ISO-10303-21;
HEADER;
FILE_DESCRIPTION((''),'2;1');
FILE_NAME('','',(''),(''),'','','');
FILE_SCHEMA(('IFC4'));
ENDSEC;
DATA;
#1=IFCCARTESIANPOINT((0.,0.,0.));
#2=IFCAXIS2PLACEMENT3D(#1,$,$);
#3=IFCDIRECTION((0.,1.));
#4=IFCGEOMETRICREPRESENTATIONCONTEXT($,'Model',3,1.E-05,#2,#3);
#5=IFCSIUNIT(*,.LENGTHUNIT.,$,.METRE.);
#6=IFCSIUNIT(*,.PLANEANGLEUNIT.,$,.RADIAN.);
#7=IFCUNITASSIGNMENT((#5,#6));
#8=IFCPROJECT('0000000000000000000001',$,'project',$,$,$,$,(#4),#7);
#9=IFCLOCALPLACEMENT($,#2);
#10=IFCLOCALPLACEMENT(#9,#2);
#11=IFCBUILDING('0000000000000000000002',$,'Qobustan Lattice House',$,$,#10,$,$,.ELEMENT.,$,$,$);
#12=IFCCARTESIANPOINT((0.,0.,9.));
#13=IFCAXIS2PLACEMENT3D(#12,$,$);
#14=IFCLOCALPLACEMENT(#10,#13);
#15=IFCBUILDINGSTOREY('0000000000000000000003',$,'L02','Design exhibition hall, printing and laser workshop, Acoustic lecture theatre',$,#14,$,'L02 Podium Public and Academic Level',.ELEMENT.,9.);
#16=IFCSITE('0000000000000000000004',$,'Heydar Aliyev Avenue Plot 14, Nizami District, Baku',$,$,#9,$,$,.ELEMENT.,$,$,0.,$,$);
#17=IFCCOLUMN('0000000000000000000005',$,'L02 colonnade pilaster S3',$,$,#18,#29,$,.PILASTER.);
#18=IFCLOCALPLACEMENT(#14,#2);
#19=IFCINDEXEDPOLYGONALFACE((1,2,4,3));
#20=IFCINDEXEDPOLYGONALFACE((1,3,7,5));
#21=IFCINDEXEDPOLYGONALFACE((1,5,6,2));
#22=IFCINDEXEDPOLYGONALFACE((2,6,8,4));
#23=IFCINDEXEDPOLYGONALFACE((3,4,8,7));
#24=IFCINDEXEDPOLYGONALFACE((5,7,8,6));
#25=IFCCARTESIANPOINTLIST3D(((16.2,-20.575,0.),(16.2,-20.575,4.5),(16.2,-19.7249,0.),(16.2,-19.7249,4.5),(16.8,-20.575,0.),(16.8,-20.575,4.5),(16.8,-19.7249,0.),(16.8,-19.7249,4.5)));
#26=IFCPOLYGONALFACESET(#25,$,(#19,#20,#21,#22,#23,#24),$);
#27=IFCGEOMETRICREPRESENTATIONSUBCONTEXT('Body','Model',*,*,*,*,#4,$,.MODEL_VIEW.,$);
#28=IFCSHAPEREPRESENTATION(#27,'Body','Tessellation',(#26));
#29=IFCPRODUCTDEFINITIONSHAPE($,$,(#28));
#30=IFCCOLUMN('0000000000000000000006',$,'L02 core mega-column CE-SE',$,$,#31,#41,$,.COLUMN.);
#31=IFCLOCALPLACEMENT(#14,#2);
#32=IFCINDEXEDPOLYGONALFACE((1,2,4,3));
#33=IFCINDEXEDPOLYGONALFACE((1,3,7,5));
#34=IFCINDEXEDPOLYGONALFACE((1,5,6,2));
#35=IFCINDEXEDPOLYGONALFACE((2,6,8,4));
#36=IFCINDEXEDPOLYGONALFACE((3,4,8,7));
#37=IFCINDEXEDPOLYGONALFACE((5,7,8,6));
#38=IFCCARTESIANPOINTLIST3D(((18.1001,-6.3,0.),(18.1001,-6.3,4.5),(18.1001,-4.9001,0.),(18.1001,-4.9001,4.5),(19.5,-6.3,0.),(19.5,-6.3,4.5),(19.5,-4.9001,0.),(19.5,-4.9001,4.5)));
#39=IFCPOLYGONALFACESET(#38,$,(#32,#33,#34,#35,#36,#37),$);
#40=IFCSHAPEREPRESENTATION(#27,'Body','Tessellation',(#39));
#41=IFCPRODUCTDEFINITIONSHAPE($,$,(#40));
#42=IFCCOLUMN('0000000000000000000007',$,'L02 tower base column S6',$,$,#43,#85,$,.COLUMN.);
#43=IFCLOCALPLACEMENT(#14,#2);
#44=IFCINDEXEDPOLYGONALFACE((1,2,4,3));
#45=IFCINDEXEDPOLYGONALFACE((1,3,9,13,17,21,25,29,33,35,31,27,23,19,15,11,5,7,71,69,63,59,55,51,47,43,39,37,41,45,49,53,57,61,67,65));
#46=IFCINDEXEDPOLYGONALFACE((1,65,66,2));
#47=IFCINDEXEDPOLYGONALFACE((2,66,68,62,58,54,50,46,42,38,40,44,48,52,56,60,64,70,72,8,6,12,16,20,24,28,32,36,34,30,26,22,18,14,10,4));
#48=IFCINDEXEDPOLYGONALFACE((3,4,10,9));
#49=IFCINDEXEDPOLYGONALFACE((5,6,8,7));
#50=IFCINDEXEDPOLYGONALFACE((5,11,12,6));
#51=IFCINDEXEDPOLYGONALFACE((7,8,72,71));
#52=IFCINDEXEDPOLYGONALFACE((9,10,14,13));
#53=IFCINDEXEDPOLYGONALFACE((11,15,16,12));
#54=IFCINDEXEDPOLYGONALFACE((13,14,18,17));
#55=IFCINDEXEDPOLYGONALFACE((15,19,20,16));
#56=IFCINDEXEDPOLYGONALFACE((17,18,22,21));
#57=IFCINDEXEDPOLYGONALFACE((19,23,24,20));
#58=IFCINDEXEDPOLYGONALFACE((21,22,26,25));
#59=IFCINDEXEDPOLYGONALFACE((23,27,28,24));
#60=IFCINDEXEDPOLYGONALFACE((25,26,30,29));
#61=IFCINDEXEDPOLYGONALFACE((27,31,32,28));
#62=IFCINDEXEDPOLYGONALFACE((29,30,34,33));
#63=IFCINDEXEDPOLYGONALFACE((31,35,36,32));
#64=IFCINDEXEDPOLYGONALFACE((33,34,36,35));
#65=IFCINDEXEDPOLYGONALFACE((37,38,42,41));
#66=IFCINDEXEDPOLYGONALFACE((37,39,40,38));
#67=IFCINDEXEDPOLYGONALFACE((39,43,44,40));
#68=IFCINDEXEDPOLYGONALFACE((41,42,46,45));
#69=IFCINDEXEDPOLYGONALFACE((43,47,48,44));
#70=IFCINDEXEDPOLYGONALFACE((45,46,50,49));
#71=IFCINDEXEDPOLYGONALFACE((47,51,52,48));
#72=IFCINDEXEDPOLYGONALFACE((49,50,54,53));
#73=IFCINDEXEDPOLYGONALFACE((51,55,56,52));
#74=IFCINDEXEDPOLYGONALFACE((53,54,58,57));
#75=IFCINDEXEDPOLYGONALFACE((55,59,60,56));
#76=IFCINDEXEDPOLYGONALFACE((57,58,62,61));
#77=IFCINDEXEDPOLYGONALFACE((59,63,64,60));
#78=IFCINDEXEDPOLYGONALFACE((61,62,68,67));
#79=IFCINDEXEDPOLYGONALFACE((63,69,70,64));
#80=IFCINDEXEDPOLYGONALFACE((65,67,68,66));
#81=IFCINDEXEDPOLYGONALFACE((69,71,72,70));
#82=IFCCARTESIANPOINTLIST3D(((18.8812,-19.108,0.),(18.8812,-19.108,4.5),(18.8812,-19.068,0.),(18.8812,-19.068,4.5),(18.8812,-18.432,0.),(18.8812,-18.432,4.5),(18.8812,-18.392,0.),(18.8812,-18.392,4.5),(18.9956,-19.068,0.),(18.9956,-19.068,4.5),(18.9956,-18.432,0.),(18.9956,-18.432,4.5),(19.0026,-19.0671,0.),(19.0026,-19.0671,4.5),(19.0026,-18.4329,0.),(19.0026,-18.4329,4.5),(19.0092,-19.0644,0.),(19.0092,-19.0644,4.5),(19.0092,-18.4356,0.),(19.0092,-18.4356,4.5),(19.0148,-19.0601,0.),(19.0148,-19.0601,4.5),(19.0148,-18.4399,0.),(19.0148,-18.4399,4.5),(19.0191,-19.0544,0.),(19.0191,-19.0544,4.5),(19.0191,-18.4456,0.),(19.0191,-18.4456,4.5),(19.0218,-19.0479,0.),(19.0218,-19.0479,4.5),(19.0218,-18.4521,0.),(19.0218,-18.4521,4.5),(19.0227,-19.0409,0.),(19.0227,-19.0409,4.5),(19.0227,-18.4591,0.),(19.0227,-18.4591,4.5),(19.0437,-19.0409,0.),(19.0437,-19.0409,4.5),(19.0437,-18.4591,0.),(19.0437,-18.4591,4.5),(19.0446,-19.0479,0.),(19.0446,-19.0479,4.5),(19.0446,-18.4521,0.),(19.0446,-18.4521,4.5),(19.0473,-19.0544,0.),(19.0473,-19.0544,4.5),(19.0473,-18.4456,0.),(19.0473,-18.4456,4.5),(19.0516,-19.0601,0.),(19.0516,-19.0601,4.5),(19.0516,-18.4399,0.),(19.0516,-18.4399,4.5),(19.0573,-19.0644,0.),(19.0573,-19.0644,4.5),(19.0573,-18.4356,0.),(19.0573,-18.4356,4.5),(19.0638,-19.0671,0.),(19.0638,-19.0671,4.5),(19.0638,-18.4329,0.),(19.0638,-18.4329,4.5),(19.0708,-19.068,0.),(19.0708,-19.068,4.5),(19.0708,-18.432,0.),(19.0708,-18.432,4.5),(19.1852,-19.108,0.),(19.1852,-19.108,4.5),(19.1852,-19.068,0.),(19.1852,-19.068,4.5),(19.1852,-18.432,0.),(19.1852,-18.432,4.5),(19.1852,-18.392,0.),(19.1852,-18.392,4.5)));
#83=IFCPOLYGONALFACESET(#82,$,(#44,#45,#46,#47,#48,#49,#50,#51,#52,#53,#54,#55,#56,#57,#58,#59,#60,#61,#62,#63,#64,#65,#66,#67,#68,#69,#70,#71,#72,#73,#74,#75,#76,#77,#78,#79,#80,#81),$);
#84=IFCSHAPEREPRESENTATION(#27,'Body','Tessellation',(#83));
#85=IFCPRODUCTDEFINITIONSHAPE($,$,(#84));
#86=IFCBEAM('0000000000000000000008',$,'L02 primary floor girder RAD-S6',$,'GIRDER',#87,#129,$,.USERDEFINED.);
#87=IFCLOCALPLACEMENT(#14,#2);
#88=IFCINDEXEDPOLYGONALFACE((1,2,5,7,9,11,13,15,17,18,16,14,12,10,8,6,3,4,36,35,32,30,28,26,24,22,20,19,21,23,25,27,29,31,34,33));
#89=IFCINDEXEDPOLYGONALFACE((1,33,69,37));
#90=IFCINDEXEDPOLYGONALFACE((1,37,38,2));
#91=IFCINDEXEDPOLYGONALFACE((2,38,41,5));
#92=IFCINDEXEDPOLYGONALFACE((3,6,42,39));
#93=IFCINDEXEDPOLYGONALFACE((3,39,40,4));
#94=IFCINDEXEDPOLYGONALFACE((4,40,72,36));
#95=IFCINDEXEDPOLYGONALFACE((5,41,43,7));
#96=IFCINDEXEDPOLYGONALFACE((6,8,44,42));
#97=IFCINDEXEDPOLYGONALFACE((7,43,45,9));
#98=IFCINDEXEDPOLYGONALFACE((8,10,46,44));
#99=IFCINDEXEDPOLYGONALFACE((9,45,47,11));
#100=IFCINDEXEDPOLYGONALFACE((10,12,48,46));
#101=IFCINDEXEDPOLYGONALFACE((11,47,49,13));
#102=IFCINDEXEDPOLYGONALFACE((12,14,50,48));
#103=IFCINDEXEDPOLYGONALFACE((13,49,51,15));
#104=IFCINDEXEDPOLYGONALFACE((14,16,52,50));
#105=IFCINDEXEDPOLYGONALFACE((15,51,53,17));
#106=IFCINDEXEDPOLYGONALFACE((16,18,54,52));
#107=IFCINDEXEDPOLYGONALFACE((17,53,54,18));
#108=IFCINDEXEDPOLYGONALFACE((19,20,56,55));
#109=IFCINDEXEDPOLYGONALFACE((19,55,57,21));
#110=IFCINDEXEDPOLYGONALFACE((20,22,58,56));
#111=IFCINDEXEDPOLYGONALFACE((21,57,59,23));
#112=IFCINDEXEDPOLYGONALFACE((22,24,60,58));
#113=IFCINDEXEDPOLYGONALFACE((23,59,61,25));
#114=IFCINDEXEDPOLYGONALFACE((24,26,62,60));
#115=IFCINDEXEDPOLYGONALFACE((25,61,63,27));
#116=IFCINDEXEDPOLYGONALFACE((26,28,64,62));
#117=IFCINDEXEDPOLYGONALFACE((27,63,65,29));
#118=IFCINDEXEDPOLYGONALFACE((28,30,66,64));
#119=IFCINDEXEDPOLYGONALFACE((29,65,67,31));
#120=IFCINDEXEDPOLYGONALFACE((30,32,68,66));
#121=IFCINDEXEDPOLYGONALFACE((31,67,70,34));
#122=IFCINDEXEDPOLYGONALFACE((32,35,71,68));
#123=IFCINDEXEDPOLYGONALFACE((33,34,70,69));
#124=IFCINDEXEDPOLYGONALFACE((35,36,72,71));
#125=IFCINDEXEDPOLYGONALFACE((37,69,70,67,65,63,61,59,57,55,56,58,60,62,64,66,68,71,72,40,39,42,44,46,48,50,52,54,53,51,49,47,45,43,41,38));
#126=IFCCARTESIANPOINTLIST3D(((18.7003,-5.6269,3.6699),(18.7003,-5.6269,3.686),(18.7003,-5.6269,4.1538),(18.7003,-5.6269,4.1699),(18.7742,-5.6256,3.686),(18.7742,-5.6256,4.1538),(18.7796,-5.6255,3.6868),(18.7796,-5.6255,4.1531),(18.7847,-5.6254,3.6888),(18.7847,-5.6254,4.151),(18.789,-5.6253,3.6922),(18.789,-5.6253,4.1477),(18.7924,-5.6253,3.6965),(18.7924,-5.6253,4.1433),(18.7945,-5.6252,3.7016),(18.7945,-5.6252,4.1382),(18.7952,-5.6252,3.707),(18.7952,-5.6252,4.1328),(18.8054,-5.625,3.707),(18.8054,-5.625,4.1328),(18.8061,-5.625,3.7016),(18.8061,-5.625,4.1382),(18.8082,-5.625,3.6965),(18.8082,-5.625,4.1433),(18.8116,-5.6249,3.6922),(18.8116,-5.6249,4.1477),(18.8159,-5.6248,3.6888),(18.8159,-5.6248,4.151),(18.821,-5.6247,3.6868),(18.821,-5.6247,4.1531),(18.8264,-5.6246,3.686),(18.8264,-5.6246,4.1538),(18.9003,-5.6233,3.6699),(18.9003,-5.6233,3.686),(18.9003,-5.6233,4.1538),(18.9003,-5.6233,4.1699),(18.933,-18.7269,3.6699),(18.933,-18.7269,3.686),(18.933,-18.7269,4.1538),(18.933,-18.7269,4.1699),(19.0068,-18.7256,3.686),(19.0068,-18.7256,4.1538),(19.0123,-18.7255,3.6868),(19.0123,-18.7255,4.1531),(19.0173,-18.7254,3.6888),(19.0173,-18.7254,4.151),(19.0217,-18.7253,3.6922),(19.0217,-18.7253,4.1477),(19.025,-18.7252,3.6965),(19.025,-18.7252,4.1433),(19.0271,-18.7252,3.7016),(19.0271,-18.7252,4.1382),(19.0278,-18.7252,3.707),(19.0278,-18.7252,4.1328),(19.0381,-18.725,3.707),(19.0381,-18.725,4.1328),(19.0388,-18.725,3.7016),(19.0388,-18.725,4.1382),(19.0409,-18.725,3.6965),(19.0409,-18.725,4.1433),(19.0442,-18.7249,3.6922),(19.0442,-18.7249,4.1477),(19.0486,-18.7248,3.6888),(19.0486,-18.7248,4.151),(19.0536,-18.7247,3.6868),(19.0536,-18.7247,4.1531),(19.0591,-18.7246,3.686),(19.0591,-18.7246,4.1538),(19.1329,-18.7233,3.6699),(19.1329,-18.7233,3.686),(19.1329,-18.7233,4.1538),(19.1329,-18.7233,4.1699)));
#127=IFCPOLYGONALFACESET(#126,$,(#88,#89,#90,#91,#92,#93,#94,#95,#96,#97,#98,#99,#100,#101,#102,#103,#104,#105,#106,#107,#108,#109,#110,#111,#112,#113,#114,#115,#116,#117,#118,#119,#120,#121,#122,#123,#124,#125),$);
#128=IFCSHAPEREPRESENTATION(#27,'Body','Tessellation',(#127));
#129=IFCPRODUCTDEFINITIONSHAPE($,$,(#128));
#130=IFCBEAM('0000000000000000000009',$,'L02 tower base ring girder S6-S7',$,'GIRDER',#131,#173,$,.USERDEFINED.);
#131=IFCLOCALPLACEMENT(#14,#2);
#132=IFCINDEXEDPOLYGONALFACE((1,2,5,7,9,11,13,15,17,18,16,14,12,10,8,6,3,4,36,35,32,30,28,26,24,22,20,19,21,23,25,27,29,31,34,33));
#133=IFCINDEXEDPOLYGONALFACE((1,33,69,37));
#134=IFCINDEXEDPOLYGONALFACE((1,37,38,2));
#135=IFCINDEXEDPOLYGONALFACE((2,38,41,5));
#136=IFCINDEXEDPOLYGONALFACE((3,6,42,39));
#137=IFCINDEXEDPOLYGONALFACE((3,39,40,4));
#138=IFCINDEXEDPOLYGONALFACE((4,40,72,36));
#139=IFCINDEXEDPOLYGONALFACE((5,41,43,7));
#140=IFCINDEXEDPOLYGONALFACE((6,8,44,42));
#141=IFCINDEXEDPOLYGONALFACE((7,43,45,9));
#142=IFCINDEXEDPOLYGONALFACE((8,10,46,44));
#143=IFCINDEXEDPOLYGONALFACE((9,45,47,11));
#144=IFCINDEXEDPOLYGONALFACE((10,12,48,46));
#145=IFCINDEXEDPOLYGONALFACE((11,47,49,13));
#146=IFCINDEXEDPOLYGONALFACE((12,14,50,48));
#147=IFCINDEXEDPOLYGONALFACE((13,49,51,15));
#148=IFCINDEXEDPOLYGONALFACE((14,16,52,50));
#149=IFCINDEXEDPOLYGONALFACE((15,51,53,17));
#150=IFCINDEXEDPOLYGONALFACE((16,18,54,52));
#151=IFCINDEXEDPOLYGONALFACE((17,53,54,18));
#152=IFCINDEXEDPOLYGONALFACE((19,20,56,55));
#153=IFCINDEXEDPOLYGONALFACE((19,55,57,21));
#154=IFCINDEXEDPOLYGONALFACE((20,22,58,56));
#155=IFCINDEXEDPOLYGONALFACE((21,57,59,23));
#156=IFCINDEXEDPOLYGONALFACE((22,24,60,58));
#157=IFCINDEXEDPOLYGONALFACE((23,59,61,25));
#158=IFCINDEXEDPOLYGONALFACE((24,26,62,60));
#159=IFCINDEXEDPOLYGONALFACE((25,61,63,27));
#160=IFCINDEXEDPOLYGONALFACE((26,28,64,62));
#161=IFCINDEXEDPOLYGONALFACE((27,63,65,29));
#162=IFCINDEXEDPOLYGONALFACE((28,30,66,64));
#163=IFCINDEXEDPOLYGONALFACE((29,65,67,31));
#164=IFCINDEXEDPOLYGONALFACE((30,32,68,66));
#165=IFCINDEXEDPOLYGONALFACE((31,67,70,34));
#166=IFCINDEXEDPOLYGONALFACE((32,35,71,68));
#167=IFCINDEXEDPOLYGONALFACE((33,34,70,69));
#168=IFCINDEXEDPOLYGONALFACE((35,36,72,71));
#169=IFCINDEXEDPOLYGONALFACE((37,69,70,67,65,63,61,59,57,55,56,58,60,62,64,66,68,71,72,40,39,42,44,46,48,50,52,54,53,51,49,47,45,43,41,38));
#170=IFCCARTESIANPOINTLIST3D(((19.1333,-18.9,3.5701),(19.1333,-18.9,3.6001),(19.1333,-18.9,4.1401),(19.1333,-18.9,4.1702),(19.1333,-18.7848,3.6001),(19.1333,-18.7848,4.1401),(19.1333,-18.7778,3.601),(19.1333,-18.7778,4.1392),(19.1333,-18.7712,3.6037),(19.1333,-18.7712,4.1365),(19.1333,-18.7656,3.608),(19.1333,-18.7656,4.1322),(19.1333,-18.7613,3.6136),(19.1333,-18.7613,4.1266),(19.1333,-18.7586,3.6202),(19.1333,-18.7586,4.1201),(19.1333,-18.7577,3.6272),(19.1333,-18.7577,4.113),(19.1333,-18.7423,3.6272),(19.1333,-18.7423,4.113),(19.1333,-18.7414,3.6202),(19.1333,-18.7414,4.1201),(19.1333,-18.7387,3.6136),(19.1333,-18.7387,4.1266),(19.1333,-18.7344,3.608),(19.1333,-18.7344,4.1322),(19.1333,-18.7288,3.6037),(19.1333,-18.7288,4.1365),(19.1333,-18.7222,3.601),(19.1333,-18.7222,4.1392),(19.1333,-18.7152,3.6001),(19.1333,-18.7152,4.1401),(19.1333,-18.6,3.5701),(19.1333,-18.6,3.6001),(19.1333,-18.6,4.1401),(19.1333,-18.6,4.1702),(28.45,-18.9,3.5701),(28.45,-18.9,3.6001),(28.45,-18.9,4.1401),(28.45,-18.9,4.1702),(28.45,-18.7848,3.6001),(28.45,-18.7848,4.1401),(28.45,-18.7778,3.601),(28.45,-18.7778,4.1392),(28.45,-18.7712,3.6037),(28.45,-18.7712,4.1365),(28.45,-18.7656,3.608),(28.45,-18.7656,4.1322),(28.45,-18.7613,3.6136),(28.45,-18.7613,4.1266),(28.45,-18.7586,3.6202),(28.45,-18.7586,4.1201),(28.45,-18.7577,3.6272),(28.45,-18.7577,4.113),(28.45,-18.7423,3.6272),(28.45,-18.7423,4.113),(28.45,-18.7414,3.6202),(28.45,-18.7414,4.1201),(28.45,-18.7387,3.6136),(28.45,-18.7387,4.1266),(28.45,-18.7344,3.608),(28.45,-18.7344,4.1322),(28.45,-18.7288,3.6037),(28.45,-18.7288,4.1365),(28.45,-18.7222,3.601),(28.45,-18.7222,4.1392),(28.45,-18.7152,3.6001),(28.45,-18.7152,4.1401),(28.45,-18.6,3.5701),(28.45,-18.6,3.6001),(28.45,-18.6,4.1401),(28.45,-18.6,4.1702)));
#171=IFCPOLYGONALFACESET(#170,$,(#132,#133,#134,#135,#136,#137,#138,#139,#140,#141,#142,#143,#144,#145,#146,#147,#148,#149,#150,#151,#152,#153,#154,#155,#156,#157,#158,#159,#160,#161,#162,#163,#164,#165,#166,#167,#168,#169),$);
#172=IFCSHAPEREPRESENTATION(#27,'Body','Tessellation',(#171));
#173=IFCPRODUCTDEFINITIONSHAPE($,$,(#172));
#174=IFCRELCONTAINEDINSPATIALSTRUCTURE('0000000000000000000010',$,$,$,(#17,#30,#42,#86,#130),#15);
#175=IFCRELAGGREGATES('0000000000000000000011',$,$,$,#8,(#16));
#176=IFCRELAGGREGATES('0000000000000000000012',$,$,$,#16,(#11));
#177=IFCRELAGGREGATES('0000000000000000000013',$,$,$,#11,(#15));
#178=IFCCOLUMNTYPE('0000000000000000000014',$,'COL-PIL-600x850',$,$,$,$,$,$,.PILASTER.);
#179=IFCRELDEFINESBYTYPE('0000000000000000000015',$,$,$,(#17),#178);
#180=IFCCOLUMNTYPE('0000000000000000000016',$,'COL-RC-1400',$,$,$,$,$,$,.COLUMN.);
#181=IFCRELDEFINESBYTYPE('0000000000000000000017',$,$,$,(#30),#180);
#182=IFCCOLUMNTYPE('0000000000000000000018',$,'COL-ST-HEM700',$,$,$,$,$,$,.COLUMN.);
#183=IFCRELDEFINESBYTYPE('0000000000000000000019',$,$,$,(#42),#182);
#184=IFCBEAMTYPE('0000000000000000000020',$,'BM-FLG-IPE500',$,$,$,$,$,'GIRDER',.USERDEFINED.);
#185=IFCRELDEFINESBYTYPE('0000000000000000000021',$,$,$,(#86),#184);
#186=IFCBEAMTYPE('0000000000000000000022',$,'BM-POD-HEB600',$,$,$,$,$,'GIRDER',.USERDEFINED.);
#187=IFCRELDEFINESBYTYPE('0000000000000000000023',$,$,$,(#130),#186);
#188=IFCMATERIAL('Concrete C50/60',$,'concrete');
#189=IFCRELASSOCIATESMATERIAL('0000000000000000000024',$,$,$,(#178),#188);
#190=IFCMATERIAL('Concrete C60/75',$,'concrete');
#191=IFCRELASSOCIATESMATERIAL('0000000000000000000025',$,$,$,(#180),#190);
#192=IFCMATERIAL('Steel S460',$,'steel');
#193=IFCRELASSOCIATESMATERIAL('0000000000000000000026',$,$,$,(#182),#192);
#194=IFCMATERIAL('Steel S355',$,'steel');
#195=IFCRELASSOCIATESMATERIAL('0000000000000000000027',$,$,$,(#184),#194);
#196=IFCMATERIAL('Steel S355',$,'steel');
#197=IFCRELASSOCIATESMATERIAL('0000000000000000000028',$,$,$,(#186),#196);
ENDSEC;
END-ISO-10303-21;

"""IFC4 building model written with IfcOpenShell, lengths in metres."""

from ifc_helpers import new_model, si_unit, direction, frame, origin, origin_2d, place, context, subcontext, project, spatial, rectangle, i_section, extrude, material, material_profile, profile_set, type_object, element, save


model = new_model("IFC4")

# Units and contexts
model_context = context("Model", 3, precision=1e-05, world=origin(), true_north=direction((0.0, 1.0)))
body_context = subcontext(model_context, "Body", "Model", "MODEL_VIEW")
ifc_project = project(units=[si_unit("LENGTHUNIT", "METRE"), si_unit("PLANEANGLEUNIT", "RADIAN")], contexts=[model_context])

# Site, building, storey
site_placement = place(None, origin())
site = spatial("IfcSite", under=ifc_project, at=site_placement, Name="Heydar Aliyev Avenue Plot 14, Nizami District, Baku", CompositionType="ELEMENT", RefElevation=0.0)
building_placement = place(site_placement, origin())
building = spatial("IfcBuilding", under=site, at=building_placement, Name="Qobustan Lattice House", CompositionType="ELEMENT")
storey_placement = place(building_placement, frame((0.0, 0.0, 9.0)))
storey = spatial("IfcBuildingStorey", under=building, at=storey_placement, Name="L02", Description="Design exhibition hall, printing and laser workshop, Acoustic lecture theatre", LongName="L02 Podium Public and Academic Level", CompositionType="ELEMENT", Elevation=9.0)

# Columns
ifc_material_1 = material(Name="Concrete C50/60", Category="concrete")
ifc_material_profile_1 = material_profile(ifc_material_1, rectangle(XDim=0.6001, YDim=0.8501, at=origin_2d()), Name="RC600x850")
ifc_profile_set_1 = profile_set([ifc_material_profile_1], Name="Concrete C50/60")
column_type_1 = type_object("IfcColumnType", Name="COL-PIL-600x850", PredefinedType="PILASTER", material=ifc_profile_set_1)
column_1_placement = place(storey_placement, frame((16.5, -20.1499, 0.0), z_axis=(0.0, 0.0, 1.0), x_axis=(1.0, 0.0, 0.0)))
element("IfcColumn", 1, at=column_1_placement, inside=storey, type_object=column_type_1, Name="L02 colonnade pilaster S3", PredefinedType="PILASTER", context=body_context, shape_type="SweptSolid", body=[
    extrude(rectangle(XDim=0.6001, YDim=0.8501, at=origin_2d()), origin(), (0.0, 0.0, 1.0), 4.5),
])
ifc_material_2 = material(Name="Concrete C60/75", Category="concrete")
ifc_material_profile_2 = material_profile(ifc_material_2, rectangle(XDim=1.3999, YDim=1.3999, at=origin_2d()), Name="RC1400x1400")
ifc_profile_set_2 = profile_set([ifc_material_profile_2], Name="Concrete C60/75")
column_type_2 = type_object("IfcColumnType", Name="COL-RC-1400", PredefinedType="COLUMN", material=ifc_profile_set_2)
column_2_placement = place(storey_placement, frame((18.8, -5.6001, 0.0), z_axis=(0.0, 0.0, 1.0), x_axis=(1.0, 0.0, 0.0)))
element("IfcColumn", 2, at=column_2_placement, inside=storey, type_object=column_type_2, Name="L02 core mega-column CE-SE", PredefinedType="COLUMN", context=body_context, shape_type="SweptSolid", body=[
    extrude(rectangle(XDim=1.3999, YDim=1.3999, at=origin_2d()), origin(), (0.0, 0.0, 1.0), 4.5),
])
ifc_material_3 = material(Name="Steel S460", Category="steel")
ifc_material_profile_3 = material_profile(ifc_material_3, i_section(OverallWidth=0.304, OverallDepth=0.7161, WebThickness=0.021, FlangeThickness=0.04, FilletRadius=0.0271, at=origin_2d()), Name="HEM700")
ifc_profile_set_3 = profile_set([ifc_material_profile_3], Name="Steel S460")
column_type_3 = type_object("IfcColumnType", Name="COL-ST-HEM700", PredefinedType="COLUMN", material=ifc_profile_set_3)
column_3_placement = place(storey_placement, frame((19.0332, -18.75, 0.0), z_axis=(0.0, 0.0, 1.0), x_axis=(1.0, 0.0, 0.0)))
element("IfcColumn", 3, at=column_3_placement, inside=storey, type_object=column_type_3, Name="L02 tower base column S6", PredefinedType="COLUMN", context=body_context, shape_type="SweptSolid", body=[
    extrude(i_section(OverallWidth=0.304, OverallDepth=0.7161, WebThickness=0.021, FlangeThickness=0.04, FilletRadius=0.0271, at=origin_2d()), origin(), (0.0, 0.0, 1.0), 4.5),
])

# Beams
ifc_material_4 = material(Name="Steel S355", Category="steel")
ifc_material_profile_4 = material_profile(ifc_material_4, i_section(OverallWidth=0.2, OverallDepth=0.5, WebThickness=0.0103, FlangeThickness=0.0161, FilletRadius=0.021, at=origin_2d()), Name="IPE500")
ifc_profile_set_4 = profile_set([ifc_material_profile_4], Name="Steel S355")
beam_type_1 = type_object("IfcBeamType", Name="BM-FLG-IPE500", ElementType="GIRDER", PredefinedType="USERDEFINED", material=ifc_profile_set_4)
beam_1_placement = place(storey_placement, frame((19.033, -18.7251, 3.9199), z_axis=(-0.017758, 0.999842, 0.0), x_axis=(-0.999842, -0.017758, 0.0)))
element("IfcBeam", 4, at=beam_1_placement, inside=storey, type_object=beam_type_1, Name="L02 primary floor girder RAD-S6", ObjectType="GIRDER", PredefinedType="USERDEFINED", context=body_context, shape_type="SweptSolid", body=[
    extrude(i_section(OverallWidth=0.2, OverallDepth=0.5, WebThickness=0.0103, FlangeThickness=0.0161, FilletRadius=0.021, at=origin_2d()), origin(), (0.0, 0.0, 1.0), 13.1021),
])
ifc_material_5 = material(Name="Steel S355", Category="steel")
ifc_material_profile_5 = material_profile(ifc_material_5, i_section(OverallWidth=0.3, OverallDepth=0.6001, WebThickness=0.0154, FlangeThickness=0.03, FilletRadius=0.0271, at=origin_2d()), Name="HEB600")
ifc_profile_set_5 = profile_set([ifc_material_profile_5], Name="Steel S355")
beam_type_2 = type_object("IfcBeamType", Name="BM-POD-HEB600", ElementType="GIRDER", PredefinedType="USERDEFINED", material=ifc_profile_set_5)
beam_2_placement = place(storey_placement, frame((19.1333, -18.75, 3.8701), z_axis=(1.0, 0.0, 0.0), x_axis=(0.0, 1.0, 0.0)))
element("IfcBeam", 5, at=beam_2_placement, inside=storey, type_object=beam_type_2, Name="L02 tower base ring girder S6-S7", ObjectType="GIRDER", PredefinedType="USERDEFINED", context=body_context, shape_type="SweptSolid", body=[
    extrude(i_section(OverallWidth=0.3, OverallDepth=0.6001, WebThickness=0.0154, FlangeThickness=0.03, FilletRadius=0.0271, at=origin_2d()), origin(), (0.0, 0.0, 1.0), 9.3167),
])

save(model, "model.ifc")
